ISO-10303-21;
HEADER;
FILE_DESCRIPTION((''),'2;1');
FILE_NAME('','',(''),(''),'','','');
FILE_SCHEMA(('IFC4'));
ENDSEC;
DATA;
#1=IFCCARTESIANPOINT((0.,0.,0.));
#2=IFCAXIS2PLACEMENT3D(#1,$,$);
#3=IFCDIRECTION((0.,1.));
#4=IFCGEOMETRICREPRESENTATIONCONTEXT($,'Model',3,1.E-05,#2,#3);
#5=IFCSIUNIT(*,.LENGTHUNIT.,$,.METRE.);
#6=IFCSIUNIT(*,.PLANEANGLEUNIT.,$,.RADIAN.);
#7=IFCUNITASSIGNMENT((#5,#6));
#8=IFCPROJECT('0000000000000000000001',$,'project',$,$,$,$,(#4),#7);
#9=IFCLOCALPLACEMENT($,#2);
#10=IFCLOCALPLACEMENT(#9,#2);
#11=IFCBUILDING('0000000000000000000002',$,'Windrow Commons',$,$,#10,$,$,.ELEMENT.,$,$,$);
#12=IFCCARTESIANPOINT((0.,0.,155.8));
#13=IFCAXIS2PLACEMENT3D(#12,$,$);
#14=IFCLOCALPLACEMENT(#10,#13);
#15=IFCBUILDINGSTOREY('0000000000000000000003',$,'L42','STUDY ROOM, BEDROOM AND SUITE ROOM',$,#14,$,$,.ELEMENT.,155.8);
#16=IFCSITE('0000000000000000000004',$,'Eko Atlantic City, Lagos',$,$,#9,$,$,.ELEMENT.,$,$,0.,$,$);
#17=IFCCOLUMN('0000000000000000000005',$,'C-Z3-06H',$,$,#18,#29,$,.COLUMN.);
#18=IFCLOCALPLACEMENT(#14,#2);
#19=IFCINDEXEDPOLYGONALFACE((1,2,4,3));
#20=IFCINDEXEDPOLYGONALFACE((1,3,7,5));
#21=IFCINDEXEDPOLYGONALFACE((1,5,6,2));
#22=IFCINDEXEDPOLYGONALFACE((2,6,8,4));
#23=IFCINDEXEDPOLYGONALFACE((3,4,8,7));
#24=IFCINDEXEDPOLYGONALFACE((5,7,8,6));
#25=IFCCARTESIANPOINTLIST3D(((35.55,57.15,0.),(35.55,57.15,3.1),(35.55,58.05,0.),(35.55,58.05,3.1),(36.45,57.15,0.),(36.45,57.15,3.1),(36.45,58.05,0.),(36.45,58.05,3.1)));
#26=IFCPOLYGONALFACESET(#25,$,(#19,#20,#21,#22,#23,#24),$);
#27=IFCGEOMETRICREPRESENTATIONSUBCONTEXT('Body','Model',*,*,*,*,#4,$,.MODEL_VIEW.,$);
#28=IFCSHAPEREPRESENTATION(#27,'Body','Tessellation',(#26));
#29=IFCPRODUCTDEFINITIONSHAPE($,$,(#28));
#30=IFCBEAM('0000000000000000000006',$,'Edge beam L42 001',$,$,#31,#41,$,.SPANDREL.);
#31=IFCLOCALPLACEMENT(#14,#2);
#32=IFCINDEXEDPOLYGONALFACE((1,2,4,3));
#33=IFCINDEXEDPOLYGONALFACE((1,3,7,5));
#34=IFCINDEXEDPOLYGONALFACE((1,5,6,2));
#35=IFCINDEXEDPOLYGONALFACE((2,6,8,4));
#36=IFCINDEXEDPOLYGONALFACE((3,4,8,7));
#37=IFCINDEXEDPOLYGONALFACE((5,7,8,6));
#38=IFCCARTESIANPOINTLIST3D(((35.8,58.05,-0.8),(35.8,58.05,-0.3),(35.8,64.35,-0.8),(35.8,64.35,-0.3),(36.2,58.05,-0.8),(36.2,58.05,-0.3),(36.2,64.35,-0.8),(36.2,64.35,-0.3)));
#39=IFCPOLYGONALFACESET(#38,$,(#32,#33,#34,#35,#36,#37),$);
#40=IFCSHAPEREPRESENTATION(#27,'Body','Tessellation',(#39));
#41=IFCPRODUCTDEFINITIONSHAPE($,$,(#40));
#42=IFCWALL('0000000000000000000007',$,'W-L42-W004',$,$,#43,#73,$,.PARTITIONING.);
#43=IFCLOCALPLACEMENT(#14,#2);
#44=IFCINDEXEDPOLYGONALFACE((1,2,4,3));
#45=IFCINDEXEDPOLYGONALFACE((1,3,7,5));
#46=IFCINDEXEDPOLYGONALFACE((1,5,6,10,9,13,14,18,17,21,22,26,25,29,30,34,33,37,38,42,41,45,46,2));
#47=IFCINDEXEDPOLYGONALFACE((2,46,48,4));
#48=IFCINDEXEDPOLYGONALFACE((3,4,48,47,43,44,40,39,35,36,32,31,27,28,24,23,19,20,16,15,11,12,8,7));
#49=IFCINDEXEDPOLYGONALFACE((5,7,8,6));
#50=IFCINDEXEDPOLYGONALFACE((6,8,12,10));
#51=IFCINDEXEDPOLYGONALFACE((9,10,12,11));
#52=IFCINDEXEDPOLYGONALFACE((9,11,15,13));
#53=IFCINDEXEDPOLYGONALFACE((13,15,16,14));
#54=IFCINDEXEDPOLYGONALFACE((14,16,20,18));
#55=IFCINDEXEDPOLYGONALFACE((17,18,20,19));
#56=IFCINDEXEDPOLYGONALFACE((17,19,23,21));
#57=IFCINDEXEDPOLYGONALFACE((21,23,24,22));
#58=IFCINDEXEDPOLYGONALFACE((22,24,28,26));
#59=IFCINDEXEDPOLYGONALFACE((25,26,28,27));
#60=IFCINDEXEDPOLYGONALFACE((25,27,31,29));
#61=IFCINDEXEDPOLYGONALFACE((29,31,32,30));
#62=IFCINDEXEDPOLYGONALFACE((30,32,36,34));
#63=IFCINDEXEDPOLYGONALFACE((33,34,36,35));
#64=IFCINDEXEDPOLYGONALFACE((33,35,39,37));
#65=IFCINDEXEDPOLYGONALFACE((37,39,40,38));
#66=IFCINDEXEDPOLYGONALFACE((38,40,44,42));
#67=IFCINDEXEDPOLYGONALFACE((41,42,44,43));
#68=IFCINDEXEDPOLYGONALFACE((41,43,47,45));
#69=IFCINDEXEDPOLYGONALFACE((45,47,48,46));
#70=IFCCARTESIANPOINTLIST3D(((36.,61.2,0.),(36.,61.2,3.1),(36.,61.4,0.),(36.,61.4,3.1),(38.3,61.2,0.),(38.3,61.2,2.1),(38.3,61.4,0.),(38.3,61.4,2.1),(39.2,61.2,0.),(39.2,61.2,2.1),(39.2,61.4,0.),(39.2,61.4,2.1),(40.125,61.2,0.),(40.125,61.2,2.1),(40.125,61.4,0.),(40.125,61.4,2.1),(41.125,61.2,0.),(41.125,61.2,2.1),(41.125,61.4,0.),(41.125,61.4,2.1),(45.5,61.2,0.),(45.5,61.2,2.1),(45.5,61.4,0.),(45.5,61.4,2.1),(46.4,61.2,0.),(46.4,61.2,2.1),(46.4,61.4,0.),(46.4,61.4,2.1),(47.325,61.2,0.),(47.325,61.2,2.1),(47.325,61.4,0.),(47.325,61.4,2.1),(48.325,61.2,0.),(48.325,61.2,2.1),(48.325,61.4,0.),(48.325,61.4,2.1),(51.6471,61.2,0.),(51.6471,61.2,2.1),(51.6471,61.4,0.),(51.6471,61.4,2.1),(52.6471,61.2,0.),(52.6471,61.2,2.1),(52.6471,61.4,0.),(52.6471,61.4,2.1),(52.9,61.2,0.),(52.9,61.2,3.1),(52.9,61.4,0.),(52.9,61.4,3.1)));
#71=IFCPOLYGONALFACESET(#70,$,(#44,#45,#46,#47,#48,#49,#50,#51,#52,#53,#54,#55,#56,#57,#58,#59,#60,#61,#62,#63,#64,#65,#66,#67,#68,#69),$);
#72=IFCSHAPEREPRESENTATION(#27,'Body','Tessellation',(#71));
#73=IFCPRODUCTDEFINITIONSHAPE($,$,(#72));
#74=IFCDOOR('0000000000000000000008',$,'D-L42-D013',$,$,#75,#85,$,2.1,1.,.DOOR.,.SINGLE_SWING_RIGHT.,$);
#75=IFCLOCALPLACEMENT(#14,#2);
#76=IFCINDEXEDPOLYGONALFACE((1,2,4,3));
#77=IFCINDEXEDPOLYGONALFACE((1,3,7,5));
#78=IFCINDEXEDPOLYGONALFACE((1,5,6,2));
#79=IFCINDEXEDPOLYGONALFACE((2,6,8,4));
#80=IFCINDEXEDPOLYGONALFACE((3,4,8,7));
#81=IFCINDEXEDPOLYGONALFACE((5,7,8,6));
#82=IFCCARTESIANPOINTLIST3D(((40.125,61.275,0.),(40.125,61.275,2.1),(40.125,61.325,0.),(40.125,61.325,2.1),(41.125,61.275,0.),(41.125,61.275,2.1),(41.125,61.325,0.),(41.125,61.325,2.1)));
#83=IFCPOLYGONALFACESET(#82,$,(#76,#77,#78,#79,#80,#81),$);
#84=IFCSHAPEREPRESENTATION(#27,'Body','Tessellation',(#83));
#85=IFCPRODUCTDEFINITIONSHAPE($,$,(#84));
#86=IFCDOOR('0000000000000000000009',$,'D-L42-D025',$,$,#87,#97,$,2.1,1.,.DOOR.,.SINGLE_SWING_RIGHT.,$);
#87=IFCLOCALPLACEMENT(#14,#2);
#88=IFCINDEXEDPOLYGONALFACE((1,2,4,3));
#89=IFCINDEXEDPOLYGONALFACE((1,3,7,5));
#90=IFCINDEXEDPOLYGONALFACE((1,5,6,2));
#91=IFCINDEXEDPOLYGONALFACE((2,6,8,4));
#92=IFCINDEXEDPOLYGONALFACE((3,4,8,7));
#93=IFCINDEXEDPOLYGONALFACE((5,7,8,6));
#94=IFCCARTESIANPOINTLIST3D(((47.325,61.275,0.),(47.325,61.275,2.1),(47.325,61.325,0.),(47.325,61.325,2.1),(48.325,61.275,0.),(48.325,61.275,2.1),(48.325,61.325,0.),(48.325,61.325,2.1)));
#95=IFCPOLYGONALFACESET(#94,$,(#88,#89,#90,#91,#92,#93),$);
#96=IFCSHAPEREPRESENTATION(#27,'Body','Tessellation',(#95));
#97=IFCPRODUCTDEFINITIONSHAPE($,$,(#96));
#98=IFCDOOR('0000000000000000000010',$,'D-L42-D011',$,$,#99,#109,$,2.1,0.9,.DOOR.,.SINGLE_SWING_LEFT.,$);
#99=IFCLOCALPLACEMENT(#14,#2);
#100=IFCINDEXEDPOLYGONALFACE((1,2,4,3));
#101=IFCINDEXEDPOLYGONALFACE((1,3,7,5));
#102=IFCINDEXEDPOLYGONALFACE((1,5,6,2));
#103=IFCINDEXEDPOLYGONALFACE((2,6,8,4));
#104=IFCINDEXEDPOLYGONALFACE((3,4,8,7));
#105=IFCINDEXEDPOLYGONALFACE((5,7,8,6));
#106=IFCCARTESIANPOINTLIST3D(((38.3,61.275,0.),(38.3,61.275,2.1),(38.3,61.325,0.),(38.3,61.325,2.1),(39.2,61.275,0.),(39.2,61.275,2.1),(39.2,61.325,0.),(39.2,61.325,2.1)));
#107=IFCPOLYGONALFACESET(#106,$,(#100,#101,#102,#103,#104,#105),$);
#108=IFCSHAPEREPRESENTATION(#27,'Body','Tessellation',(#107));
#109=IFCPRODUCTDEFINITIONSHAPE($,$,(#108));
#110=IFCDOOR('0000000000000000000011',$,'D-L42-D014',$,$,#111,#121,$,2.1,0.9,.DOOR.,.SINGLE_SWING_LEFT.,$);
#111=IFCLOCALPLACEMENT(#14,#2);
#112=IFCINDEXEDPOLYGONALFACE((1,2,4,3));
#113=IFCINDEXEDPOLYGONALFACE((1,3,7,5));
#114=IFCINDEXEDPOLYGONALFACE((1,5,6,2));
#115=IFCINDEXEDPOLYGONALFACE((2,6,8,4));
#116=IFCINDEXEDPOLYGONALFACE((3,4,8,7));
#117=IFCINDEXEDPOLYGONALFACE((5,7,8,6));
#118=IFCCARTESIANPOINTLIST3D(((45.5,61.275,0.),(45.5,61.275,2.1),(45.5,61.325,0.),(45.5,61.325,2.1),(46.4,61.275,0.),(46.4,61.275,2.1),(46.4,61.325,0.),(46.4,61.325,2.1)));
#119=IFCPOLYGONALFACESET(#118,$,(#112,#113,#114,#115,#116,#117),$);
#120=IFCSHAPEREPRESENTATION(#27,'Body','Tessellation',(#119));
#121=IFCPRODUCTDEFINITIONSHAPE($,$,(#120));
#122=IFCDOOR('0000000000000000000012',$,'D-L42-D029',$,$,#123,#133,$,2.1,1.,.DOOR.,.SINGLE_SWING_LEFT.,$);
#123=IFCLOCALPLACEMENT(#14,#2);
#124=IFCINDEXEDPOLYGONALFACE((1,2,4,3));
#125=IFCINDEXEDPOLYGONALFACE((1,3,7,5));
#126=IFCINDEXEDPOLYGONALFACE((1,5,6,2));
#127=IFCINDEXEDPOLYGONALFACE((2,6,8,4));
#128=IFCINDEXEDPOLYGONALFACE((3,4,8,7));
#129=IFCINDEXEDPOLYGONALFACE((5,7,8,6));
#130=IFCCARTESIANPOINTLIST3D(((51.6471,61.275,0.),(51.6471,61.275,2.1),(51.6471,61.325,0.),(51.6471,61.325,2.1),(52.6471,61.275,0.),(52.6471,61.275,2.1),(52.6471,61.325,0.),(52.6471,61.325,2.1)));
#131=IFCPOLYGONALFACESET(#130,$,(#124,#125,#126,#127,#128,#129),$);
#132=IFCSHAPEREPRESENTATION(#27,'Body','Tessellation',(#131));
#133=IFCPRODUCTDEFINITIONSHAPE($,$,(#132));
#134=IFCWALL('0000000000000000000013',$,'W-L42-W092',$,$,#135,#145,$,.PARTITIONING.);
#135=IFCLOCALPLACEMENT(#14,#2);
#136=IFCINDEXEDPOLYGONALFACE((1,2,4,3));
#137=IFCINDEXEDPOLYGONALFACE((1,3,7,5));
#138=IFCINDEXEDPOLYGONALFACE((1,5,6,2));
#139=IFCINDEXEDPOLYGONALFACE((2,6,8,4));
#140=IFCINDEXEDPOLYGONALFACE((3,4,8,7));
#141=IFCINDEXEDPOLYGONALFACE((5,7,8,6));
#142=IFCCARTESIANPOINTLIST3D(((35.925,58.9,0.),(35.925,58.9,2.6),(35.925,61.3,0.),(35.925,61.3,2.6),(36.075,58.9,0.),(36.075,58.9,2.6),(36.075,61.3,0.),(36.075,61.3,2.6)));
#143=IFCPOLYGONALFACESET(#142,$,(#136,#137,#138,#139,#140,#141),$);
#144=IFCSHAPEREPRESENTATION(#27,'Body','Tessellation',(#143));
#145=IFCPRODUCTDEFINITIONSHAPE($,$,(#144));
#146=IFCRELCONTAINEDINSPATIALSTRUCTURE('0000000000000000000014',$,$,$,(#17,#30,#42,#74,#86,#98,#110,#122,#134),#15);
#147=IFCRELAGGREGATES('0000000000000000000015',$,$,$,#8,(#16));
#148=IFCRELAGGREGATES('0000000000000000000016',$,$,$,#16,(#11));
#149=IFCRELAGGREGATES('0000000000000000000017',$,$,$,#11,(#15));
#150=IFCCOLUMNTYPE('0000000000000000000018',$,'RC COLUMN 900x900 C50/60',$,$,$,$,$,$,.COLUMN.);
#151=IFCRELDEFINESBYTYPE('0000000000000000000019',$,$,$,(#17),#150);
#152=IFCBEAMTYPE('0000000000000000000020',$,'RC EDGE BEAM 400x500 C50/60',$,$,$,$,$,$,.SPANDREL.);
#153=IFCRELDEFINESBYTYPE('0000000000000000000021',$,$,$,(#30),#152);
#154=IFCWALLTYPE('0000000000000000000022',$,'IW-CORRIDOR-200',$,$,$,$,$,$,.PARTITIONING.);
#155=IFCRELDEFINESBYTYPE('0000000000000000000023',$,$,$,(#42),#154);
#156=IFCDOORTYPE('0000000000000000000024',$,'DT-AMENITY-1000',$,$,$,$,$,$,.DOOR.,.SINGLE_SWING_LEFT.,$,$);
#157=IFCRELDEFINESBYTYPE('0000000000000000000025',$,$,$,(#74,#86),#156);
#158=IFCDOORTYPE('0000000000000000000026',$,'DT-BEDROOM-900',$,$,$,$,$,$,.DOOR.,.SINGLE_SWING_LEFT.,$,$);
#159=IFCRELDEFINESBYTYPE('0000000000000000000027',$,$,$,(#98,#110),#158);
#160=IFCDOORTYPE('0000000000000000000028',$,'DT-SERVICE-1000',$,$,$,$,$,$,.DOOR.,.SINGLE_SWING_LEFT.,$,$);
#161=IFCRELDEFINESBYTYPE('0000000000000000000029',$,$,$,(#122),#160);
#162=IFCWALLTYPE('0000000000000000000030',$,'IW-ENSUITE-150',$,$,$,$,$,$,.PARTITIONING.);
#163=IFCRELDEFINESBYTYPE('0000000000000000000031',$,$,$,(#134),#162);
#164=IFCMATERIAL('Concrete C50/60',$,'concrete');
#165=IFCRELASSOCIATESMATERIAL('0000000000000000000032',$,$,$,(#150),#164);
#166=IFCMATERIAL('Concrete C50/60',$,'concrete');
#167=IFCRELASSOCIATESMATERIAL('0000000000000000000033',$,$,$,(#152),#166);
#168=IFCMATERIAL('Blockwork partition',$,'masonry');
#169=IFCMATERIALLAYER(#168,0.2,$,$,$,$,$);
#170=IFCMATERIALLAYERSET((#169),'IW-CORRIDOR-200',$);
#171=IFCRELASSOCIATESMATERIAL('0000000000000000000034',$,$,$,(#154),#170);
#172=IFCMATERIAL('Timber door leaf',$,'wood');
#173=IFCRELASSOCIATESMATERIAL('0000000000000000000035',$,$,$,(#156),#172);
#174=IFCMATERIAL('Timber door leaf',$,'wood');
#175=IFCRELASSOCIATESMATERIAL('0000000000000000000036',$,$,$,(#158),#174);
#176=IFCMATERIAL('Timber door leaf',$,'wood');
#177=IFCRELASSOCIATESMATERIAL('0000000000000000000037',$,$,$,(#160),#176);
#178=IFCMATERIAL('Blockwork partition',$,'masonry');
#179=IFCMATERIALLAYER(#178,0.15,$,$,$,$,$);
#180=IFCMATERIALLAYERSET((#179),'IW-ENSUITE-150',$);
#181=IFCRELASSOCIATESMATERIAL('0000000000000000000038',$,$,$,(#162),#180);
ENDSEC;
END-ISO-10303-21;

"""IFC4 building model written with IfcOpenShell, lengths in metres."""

from ifc_helpers import new_model, si_unit, direction, frame, frame_2d, origin, origin_2d, place, context, subcontext, project, spatial, rectangle, extrude, material, layer, layer_set, material_profile, profile_set, type_object, element, fill, save


model = new_model("IFC4")

# Units and contexts
model_context = context("Model", 3, precision=1e-05, world=origin(), true_north=direction((0.0, 1.0)))
body_context = subcontext(model_context, "Body", "Model", "MODEL_VIEW")
ifc_project = project(units=[si_unit("LENGTHUNIT", "METRE"), si_unit("PLANEANGLEUNIT", "RADIAN")], contexts=[model_context])

# Site, building, storey
site_placement = place(None, origin())
site = spatial("IfcSite", under=ifc_project, at=site_placement, Name="Eko Atlantic City, Lagos", CompositionType="ELEMENT", RefElevation=0.0)
building_placement = place(site_placement, origin())
building = spatial("IfcBuilding", under=site, at=building_placement, Name="Windrow Commons", CompositionType="ELEMENT")
storey_placement = place(building_placement, frame((0.0, 0.0, 155.8)))
storey = spatial("IfcBuildingStorey", under=building, at=storey_placement, Name="L42", Description="STUDY ROOM, BEDROOM AND SUITE ROOM", CompositionType="ELEMENT", Elevation=155.8)

# Column
ifc_material_1 = material(Name="Concrete C50/60", Category="concrete")
ifc_material_profile_1 = material_profile(ifc_material_1, rectangle(XDim=0.9, YDim=0.9, at=origin_2d()))
ifc_profile_set_1 = profile_set([ifc_material_profile_1], Name="Concrete C50/60")
column_type = type_object("IfcColumnType", Name="RC COLUMN 900x900 C50/60", PredefinedType="COLUMN", material=ifc_profile_set_1)
column_placement = place(storey_placement, frame((36.0, 57.6, 0.0), z_axis=(0.0, 0.0, 1.0), x_axis=(1.0, 0.0, 0.0)))
element("IfcColumn", 1, at=column_placement, inside=storey, type_object=column_type, Name="C-Z3-06H", PredefinedType="COLUMN", context=body_context, shape_type="SweptSolid", body=[
    extrude(rectangle(XDim=0.9, YDim=0.9, at=origin_2d()), origin(), (0.0, 0.0, 1.0), 3.1),
])

# Beam
ifc_material_2 = material(Name="Concrete C50/60", Category="concrete")
ifc_material_profile_2 = material_profile(ifc_material_2, rectangle(XDim=0.4, YDim=0.5, at=origin_2d()))
ifc_profile_set_2 = profile_set([ifc_material_profile_2], Name="Concrete C50/60")
beam_type = type_object("IfcBeamType", Name="RC EDGE BEAM 400x500 C50/60", PredefinedType="SPANDREL", material=ifc_profile_set_2)
beam_placement = place(storey_placement, frame((36.0, 58.05, -0.55), z_axis=(0.0, 1.0, 0.0), x_axis=(-1.0, 0.0, 0.0)))
element("IfcBeam", 2, at=beam_placement, inside=storey, type_object=beam_type, Name="Edge beam L42 001", PredefinedType="SPANDREL", context=body_context, shape_type="SweptSolid", body=[
    extrude(rectangle(XDim=0.4, YDim=0.5, at=origin_2d()), origin(), (0.0, 0.0, 1.0), 6.3),
])

# Wall, openings, doors
ifc_material_3 = material(Name="Blockwork partition", Category="masonry")
ifc_layer_1 = layer(ifc_material_3, 0.2)
ifc_layer_set_1 = layer_set([ifc_layer_1], Name="IW-CORRIDOR-200")
wall_type_1 = type_object("IfcWallType", Name="IW-CORRIDOR-200", PredefinedType="PARTITIONING", material=ifc_layer_set_1)
wall_1_placement = place(storey_placement, frame((36.0, 61.3, 0.0), z_axis=(0.0, 0.0, 1.0), x_axis=(1.0, 0.0, 0.0)))
wall_1 = element("IfcWall", 3, at=wall_1_placement, inside=storey, type_object=wall_type_1, Name="W-L42-W004", PredefinedType="PARTITIONING", context=body_context, shape_type="SweptSolid", body=[
    extrude(rectangle(XDim=16.9, YDim=0.2, at=frame_2d((8.45, 0.0))), origin(), (0.0, 0.0, 1.0), 3.1),
])
opening_1_placement = place(wall_1_placement, frame((2.3, 0.0, 0.0)))
opening_1 = element("IfcOpeningElement", 4, at=opening_1_placement, cuts=wall_1, PredefinedType="OPENING", context=body_context, shape_type="SweptSolid", body=[
    extrude(rectangle(XDim=0.9, YDim=2.1, at=frame_2d((0.45, 1.05))), frame((0.0, 0.11, 0.0), z_axis=(0.0, -1.0, 0.0), x_axis=(1.0, 0.0, 0.0)), (0.0, 0.0, 1.0), 0.22),
])
opening_2_placement = place(wall_1_placement, frame((4.125, 0.0, 0.0)))
opening_2 = element("IfcOpeningElement", 5, at=opening_2_placement, cuts=wall_1, PredefinedType="OPENING", context=body_context, shape_type="SweptSolid", body=[
    extrude(rectangle(XDim=1.0, YDim=2.1, at=frame_2d((0.5, 1.05))), frame((0.0, 0.11, 0.0), z_axis=(0.0, -1.0, 0.0), x_axis=(1.0, 0.0, 0.0)), (0.0, 0.0, 1.0), 0.22),
])
opening_3_placement = place(wall_1_placement, frame((9.5, 0.0, 0.0)))
opening_3 = element("IfcOpeningElement", 6, at=opening_3_placement, cuts=wall_1, PredefinedType="OPENING", context=body_context, shape_type="SweptSolid", body=[
    extrude(rectangle(XDim=0.9, YDim=2.1, at=frame_2d((0.45, 1.05))), frame((0.0, 0.11, 0.0), z_axis=(0.0, -1.0, 0.0), x_axis=(1.0, 0.0, 0.0)), (0.0, 0.0, 1.0), 0.22),
])
opening_4_placement = place(wall_1_placement, frame((11.325, 0.0, 0.0)))
opening_4 = element("IfcOpeningElement", 7, at=opening_4_placement, cuts=wall_1, PredefinedType="OPENING", context=body_context, shape_type="SweptSolid", body=[
    extrude(rectangle(XDim=1.0, YDim=2.1, at=frame_2d((0.5, 1.05))), frame((0.0, 0.11, 0.0), z_axis=(0.0, -1.0, 0.0), x_axis=(1.0, 0.0, 0.0)), (0.0, 0.0, 1.0), 0.22),
])
opening_5_placement = place(wall_1_placement, frame((15.6471, 0.0, 0.0)))
opening_5 = element("IfcOpeningElement", 8, at=opening_5_placement, cuts=wall_1, PredefinedType="OPENING", context=body_context, shape_type="SweptSolid", body=[
    extrude(rectangle(XDim=1.0, YDim=2.1, at=frame_2d((0.5, 1.05))), frame((0.0, 0.11, 0.0), z_axis=(0.0, -1.0, 0.0), x_axis=(1.0, 0.0, 0.0)), (0.0, 0.0, 1.0), 0.22),
])
ifc_material_4 = material(Name="Timber door leaf", Category="wood")
door_type_1 = type_object("IfcDoorType", Name="DT-AMENITY-1000", OperationType="SINGLE_SWING_LEFT", PredefinedType="DOOR", material=ifc_material_4)
door_1_placement = place(opening_2_placement, origin())
door_1 = element("IfcDoor", 9, at=door_1_placement, inside=storey, type_object=door_type_1, Name="D-L42-D013", OperationType="SINGLE_SWING_RIGHT", OverallHeight=2.1, OverallWidth=1.0, PredefinedType="DOOR", context=body_context, shape_type="SweptSolid", body=[
    extrude(rectangle(XDim=1.0, YDim=2.1, at=frame_2d((0.5, 1.05))), frame((0.0, 0.025, 0.0), z_axis=(0.0, -1.0, 0.0), x_axis=(1.0, 0.0, 0.0)), (0.0, 0.0, 1.0), 0.05),
])
fill(opening_2, door_1)
door_2_placement = place(opening_4_placement, origin())
door_2 = element("IfcDoor", 10, at=door_2_placement, inside=storey, type_object=door_type_1, Name="D-L42-D025", OperationType="SINGLE_SWING_RIGHT", OverallHeight=2.1, OverallWidth=1.0, PredefinedType="DOOR", context=body_context, shape_type="SweptSolid", body=[
    extrude(rectangle(XDim=1.0, YDim=2.1, at=frame_2d((0.5, 1.05))), frame((0.0, 0.025, 0.0), z_axis=(0.0, -1.0, 0.0), x_axis=(1.0, 0.0, 0.0)), (0.0, 0.0, 1.0), 0.05),
])
fill(opening_4, door_2)
ifc_material_5 = material(Name="Timber door leaf", Category="wood")
door_type_2 = type_object("IfcDoorType", Name="DT-BEDROOM-900", OperationType="SINGLE_SWING_LEFT", PredefinedType="DOOR", material=ifc_material_5)
door_3_placement = place(opening_1_placement, origin())
door_3 = element("IfcDoor", 11, at=door_3_placement, inside=storey, type_object=door_type_2, Name="D-L42-D011", OperationType="SINGLE_SWING_LEFT", OverallHeight=2.1, OverallWidth=0.9, PredefinedType="DOOR", context=body_context, shape_type="SweptSolid", body=[
    extrude(rectangle(XDim=0.9, YDim=2.1, at=frame_2d((0.45, 1.05))), frame((0.0, 0.025, 0.0), z_axis=(0.0, -1.0, 0.0), x_axis=(1.0, 0.0, 0.0)), (0.0, 0.0, 1.0), 0.05),
])
fill(opening_1, door_3)
door_4_placement = place(opening_3_placement, origin())
door_4 = element("IfcDoor", 12, at=door_4_placement, inside=storey, type_object=door_type_2, Name="D-L42-D014", OperationType="SINGLE_SWING_LEFT", OverallHeight=2.1, OverallWidth=0.9, PredefinedType="DOOR", context=body_context, shape_type="SweptSolid", body=[
    extrude(rectangle(XDim=0.9, YDim=2.1, at=frame_2d((0.45, 1.05))), frame((0.0, 0.025, 0.0), z_axis=(0.0, -1.0, 0.0), x_axis=(1.0, 0.0, 0.0)), (0.0, 0.0, 1.0), 0.05),
])
fill(opening_3, door_4)
ifc_material_6 = material(Name="Timber door leaf", Category="wood")
door_type_3 = type_object("IfcDoorType", Name="DT-SERVICE-1000", OperationType="SINGLE_SWING_LEFT", PredefinedType="DOOR", material=ifc_material_6)
door_5_placement = place(opening_5_placement, origin())
door_5 = element("IfcDoor", 13, at=door_5_placement, inside=storey, type_object=door_type_3, Name="D-L42-D029", OperationType="SINGLE_SWING_LEFT", OverallHeight=2.1, OverallWidth=1.0, PredefinedType="DOOR", context=body_context, shape_type="SweptSolid", body=[
    extrude(rectangle(XDim=1.0, YDim=2.1, at=frame_2d((0.5, 1.05))), frame((0.0, 0.025, 0.0), z_axis=(0.0, -1.0, 0.0), x_axis=(1.0, 0.0, 0.0)), (0.0, 0.0, 1.0), 0.05),
])
fill(opening_5, door_5)

# Wall
ifc_material_7 = material(Name="Blockwork partition", Category="masonry")
ifc_layer_2 = layer(ifc_material_7, 0.15)
ifc_layer_set_2 = layer_set([ifc_layer_2], Name="IW-ENSUITE-150")
wall_type_2 = type_object("IfcWallType", Name="IW-ENSUITE-150", PredefinedType="PARTITIONING", material=ifc_layer_set_2)
wall_2_placement = place(storey_placement, frame((36.0, 58.9, 0.0), z_axis=(0.0, 0.0, 1.0), x_axis=(0.0, 1.0, 0.0)))
element("IfcWall", 14, at=wall_2_placement, inside=storey, type_object=wall_type_2, Name="W-L42-W092", PredefinedType="PARTITIONING", context=body_context, shape_type="SweptSolid", body=[
    extrude(rectangle(XDim=2.4, YDim=0.15, at=frame_2d((1.2, 0.0))), origin(), (0.0, 0.0, 1.0), 2.6),
])

save(model, "model.ifc")
